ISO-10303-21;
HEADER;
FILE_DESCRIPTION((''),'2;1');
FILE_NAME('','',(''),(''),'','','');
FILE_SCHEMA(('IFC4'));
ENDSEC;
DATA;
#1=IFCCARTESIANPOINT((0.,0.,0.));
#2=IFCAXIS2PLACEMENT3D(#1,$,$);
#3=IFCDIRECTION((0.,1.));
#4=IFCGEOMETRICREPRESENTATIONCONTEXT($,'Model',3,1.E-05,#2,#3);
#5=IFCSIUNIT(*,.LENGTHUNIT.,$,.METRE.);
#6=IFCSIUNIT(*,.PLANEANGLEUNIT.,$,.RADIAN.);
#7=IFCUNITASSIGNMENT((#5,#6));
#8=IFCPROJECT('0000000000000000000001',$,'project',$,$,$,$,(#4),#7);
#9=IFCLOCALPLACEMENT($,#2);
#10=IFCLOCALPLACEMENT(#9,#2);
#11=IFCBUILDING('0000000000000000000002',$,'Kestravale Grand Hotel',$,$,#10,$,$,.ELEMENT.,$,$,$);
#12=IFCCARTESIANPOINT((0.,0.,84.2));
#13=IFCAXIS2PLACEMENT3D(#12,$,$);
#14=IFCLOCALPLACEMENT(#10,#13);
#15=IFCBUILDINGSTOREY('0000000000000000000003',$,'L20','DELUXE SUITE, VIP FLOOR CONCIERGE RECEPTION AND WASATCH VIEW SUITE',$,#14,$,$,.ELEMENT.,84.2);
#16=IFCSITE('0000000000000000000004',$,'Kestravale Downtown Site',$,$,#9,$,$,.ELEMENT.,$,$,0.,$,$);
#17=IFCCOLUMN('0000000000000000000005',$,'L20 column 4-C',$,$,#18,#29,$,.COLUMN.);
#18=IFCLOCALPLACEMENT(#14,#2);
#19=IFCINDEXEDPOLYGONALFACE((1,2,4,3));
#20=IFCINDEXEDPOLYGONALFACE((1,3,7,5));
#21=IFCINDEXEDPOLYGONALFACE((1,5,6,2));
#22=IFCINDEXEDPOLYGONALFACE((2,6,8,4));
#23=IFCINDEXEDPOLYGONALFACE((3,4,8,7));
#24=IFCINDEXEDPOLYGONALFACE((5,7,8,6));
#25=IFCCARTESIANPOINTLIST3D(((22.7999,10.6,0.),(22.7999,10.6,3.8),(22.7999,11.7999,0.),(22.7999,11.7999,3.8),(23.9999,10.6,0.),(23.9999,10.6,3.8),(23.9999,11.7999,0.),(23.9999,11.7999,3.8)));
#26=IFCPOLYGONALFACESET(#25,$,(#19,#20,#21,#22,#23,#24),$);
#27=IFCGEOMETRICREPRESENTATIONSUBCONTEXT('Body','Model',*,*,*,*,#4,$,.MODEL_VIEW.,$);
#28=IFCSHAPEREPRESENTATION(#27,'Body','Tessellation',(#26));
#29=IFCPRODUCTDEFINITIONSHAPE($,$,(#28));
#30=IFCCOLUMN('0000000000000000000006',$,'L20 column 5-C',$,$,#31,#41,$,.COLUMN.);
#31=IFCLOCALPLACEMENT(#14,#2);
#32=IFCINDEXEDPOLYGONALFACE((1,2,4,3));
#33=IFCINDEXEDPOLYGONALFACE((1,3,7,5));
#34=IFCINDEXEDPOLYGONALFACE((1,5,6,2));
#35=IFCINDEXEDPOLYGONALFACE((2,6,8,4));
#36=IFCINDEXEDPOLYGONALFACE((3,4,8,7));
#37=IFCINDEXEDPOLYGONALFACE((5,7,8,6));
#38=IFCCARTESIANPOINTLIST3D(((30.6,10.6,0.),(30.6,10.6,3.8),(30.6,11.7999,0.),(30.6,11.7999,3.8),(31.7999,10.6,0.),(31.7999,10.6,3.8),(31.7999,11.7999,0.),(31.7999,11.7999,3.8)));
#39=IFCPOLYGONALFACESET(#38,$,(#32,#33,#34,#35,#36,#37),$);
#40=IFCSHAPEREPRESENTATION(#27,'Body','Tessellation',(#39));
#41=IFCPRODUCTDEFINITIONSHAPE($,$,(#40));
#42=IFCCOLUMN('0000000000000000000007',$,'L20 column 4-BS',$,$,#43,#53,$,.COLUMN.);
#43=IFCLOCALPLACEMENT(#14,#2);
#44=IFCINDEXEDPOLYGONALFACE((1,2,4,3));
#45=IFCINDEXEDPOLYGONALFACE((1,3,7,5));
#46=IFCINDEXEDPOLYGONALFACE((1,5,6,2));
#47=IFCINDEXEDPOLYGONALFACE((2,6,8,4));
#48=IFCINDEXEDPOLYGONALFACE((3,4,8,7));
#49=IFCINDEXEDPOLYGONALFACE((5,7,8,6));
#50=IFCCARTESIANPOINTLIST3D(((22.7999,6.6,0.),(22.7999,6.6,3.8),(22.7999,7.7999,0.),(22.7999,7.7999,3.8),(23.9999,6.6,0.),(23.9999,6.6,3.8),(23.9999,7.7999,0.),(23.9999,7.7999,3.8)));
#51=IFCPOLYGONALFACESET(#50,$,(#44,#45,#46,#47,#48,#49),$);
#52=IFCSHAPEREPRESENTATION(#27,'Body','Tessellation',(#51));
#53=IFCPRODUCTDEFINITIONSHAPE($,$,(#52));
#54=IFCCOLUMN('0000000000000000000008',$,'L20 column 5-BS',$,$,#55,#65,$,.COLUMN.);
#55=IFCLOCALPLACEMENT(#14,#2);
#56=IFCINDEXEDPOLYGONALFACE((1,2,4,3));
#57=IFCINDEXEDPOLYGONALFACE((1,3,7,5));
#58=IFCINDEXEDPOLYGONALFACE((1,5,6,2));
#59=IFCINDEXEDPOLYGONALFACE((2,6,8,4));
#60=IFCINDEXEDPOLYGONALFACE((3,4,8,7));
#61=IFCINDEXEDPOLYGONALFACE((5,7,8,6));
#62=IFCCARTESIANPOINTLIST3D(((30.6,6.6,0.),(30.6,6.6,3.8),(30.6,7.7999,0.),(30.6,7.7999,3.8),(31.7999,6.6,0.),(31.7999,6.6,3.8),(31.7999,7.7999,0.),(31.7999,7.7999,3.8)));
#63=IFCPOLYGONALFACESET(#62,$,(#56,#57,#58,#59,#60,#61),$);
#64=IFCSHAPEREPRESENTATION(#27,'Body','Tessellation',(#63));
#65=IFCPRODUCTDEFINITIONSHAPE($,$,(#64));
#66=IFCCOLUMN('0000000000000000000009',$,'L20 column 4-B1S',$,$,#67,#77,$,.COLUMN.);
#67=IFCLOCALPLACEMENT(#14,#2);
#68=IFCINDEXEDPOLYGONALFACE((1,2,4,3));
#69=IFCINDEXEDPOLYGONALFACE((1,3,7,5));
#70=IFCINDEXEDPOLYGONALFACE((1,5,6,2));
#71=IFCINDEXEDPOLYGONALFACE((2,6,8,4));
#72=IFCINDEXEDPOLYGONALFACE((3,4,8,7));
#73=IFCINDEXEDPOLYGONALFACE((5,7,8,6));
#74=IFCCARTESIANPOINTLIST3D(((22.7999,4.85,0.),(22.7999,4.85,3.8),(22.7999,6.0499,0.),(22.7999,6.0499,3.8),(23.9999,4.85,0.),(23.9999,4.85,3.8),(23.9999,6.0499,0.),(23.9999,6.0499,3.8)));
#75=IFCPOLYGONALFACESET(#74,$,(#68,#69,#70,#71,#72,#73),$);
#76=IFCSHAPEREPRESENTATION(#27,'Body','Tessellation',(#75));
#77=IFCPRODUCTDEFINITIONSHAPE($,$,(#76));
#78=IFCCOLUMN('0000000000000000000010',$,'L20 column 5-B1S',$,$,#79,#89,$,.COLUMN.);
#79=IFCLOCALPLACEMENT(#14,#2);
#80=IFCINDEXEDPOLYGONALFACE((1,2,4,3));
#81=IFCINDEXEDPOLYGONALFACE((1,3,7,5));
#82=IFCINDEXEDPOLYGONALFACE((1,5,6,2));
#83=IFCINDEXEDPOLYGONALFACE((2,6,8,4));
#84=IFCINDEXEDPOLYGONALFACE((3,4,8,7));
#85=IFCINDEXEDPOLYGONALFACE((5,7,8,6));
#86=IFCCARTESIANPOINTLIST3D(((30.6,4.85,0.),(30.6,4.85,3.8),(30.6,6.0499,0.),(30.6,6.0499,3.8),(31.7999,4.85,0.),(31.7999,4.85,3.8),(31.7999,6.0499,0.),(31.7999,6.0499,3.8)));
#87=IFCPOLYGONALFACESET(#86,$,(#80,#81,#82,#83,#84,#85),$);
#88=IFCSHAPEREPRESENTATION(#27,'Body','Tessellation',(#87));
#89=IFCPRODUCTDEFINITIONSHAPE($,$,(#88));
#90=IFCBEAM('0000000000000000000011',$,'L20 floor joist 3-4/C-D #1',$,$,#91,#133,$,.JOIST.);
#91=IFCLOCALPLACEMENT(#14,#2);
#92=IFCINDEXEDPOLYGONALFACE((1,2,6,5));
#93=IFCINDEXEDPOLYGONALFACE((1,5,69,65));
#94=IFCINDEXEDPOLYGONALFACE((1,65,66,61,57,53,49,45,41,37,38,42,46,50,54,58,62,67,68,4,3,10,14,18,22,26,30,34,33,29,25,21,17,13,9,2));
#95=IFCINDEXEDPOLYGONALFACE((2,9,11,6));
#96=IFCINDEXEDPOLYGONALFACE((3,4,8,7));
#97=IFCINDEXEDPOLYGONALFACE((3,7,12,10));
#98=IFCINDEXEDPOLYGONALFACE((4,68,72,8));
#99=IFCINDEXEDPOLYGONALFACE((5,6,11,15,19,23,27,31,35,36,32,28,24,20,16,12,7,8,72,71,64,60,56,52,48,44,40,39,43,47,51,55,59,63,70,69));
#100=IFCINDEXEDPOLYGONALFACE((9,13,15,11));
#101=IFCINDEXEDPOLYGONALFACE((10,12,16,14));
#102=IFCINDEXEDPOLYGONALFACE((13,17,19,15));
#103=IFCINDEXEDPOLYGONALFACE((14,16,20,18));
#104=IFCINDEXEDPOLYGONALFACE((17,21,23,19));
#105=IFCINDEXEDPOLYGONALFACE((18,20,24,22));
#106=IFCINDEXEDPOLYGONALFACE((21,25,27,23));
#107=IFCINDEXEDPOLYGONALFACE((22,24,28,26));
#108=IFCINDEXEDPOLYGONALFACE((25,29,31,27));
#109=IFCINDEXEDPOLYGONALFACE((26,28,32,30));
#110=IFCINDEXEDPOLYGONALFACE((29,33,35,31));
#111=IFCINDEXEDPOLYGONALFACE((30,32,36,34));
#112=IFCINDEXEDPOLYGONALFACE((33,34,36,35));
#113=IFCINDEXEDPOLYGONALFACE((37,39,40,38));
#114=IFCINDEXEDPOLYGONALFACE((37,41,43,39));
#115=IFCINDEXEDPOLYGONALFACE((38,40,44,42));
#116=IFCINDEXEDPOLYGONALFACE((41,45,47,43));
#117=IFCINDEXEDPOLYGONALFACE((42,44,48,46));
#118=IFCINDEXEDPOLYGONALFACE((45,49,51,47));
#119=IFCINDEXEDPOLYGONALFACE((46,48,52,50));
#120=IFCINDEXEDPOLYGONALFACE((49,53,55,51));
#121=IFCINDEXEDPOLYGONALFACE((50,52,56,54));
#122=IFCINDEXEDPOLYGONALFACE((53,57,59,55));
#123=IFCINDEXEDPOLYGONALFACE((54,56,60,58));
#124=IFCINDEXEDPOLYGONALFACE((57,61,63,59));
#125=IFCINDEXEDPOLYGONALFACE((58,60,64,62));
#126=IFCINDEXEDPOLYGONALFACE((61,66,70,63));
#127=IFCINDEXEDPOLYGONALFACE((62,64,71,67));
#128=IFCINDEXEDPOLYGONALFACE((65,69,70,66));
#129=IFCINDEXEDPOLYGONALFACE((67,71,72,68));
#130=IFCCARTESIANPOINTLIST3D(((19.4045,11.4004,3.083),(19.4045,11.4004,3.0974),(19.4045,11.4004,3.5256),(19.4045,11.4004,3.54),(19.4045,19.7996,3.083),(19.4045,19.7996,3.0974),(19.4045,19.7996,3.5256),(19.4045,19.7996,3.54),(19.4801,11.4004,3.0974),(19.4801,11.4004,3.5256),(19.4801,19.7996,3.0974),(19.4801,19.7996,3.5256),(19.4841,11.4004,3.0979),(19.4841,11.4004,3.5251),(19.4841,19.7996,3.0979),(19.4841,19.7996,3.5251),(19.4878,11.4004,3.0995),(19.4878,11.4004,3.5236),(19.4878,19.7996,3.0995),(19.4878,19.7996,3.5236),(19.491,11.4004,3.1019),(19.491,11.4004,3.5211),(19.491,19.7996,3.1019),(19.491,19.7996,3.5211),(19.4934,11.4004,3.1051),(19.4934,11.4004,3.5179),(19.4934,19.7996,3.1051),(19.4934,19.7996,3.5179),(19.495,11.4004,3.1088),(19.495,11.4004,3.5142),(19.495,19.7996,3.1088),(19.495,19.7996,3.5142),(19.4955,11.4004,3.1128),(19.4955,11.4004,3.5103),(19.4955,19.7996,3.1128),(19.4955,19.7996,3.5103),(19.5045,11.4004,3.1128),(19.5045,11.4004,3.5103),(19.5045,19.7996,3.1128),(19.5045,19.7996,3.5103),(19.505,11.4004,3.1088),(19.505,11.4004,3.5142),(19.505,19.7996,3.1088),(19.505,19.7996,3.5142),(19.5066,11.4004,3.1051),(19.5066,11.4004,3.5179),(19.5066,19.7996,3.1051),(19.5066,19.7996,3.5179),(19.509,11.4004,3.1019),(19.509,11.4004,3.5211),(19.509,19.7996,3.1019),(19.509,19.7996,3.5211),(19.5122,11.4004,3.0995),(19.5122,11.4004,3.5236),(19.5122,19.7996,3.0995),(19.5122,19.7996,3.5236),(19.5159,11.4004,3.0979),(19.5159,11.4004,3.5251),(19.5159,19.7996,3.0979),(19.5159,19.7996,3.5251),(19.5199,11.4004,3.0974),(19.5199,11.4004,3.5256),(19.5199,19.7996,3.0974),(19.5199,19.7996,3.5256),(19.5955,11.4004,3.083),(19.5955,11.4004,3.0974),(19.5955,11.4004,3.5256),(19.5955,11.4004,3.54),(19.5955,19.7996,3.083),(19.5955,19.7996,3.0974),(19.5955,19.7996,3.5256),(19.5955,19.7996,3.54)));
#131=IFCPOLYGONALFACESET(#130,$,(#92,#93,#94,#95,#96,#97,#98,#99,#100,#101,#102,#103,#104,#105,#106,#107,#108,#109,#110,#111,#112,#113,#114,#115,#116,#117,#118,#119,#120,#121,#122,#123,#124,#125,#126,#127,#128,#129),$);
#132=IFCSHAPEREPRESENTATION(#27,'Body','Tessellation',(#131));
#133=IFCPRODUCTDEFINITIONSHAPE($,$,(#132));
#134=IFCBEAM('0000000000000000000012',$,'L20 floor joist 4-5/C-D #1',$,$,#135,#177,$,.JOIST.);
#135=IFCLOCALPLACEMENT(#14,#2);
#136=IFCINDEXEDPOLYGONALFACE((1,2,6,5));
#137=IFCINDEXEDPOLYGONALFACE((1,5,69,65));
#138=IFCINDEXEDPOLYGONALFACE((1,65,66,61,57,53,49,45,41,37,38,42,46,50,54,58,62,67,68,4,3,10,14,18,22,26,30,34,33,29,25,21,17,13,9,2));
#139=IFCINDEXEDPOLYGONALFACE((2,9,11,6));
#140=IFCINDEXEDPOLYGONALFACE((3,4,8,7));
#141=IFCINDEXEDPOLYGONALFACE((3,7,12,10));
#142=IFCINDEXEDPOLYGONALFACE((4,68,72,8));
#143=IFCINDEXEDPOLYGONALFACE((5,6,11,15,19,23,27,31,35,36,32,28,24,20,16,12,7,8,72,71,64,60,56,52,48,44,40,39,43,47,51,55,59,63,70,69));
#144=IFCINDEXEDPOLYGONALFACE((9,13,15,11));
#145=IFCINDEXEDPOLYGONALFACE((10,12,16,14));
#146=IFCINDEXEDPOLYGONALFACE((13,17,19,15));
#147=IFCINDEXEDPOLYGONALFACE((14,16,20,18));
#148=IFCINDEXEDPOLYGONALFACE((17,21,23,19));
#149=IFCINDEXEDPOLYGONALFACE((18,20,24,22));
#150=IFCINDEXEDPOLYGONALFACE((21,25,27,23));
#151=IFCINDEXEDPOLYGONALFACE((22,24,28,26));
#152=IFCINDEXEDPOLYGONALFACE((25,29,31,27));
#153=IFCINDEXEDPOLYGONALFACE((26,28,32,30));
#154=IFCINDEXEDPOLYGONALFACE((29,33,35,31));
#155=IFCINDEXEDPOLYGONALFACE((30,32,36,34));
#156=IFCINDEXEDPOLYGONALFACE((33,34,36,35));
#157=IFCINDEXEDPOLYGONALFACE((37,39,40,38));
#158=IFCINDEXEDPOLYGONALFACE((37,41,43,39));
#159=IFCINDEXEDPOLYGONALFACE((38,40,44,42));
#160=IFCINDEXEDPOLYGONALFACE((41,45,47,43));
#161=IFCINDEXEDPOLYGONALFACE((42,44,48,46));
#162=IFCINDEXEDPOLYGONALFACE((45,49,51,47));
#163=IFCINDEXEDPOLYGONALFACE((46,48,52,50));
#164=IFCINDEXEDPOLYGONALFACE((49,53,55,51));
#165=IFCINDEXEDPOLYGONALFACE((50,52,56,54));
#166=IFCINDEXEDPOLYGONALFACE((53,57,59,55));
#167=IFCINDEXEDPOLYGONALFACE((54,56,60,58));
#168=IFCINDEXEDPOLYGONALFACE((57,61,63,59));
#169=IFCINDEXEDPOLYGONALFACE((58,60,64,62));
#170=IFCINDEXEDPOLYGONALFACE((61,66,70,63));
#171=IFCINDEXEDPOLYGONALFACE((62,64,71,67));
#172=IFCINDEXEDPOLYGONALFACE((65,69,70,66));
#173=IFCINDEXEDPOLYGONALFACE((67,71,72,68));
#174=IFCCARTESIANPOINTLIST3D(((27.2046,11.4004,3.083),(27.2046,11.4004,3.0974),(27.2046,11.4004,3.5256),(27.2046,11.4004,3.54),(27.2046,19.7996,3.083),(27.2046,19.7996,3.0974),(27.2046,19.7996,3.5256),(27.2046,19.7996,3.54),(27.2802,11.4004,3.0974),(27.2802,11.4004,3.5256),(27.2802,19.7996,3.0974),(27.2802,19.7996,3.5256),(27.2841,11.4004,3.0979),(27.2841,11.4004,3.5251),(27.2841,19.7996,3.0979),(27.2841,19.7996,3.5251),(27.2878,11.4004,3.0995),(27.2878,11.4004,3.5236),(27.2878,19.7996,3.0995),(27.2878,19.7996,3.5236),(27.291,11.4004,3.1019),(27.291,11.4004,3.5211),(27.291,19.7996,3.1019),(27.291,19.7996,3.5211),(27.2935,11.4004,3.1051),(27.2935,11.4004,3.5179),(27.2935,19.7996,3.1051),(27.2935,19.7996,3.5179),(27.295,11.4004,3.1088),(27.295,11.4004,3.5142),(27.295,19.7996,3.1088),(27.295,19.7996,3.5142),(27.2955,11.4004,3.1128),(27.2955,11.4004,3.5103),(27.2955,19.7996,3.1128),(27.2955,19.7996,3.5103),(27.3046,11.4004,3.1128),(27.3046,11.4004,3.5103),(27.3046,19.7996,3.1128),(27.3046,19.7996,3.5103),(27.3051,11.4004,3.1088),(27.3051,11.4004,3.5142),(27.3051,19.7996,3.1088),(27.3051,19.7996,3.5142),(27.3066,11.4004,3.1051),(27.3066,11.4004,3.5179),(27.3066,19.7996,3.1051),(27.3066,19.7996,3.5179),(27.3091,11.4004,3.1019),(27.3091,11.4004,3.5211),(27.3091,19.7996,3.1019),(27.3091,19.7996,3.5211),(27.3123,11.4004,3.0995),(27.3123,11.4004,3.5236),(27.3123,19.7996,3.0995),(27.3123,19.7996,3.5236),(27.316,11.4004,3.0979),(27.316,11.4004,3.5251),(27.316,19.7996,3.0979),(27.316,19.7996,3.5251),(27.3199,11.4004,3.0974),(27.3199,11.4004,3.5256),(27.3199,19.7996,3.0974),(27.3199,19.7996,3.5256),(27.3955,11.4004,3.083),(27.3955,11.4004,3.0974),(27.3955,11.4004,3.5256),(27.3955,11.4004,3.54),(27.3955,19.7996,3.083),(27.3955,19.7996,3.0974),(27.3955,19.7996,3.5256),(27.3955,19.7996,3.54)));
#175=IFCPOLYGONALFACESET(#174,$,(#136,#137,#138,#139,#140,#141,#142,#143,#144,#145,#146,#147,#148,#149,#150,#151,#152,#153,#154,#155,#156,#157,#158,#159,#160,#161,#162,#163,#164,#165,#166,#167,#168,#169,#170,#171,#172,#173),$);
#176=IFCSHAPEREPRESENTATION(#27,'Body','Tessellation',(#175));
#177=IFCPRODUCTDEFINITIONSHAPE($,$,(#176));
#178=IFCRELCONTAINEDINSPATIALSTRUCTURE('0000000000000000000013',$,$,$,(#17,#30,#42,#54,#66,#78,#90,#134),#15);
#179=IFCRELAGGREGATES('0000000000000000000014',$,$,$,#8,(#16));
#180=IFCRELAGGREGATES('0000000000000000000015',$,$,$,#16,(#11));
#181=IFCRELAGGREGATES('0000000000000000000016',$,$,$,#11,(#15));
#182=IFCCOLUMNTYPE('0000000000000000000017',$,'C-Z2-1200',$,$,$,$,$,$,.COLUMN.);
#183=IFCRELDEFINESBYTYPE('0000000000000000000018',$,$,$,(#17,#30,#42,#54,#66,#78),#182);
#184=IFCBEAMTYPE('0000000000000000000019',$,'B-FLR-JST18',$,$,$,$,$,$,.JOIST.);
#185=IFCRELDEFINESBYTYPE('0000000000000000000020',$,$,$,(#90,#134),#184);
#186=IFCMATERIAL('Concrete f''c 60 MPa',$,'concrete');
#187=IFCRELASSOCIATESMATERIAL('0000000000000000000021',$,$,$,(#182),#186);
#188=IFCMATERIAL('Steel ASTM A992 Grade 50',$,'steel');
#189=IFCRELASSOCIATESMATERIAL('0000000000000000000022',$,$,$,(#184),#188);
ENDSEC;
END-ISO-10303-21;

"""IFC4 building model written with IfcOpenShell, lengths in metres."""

from ifc_helpers import new_model, si_unit, direction, frame, origin, origin_2d, place, context, subcontext, project, spatial, rectangle, i_section, extrude, material, material_profile, profile_set, type_object, element, save


model = new_model("IFC4")

# Units and contexts
model_context = context("Model", 3, precision=1e-05, world=origin(), true_north=direction((0.0, 1.0)))
body_context = subcontext(model_context, "Body", "Model", "MODEL_VIEW")
ifc_project = project(units=[si_unit("LENGTHUNIT", "METRE"), si_unit("PLANEANGLEUNIT", "RADIAN")], contexts=[model_context])

# Site, building, storey
site_placement = place(None, origin())
site = spatial("IfcSite", under=ifc_project, at=site_placement, Name="Kestravale Downtown Site", CompositionType="ELEMENT", RefElevation=0.0)
building_placement = place(site_placement, origin())
building = spatial("IfcBuilding", under=site, at=building_placement, Name="Kestravale Grand Hotel", CompositionType="ELEMENT")
storey_placement = place(building_placement, frame((0.0, 0.0, 84.2)))
storey = spatial("IfcBuildingStorey", under=building, at=storey_placement, Name="L20", Description="DELUXE SUITE, VIP FLOOR CONCIERGE RECEPTION AND WASATCH VIEW SUITE", CompositionType="ELEMENT", Elevation=84.2)

# Columns
ifc_material_1 = material(Name="Concrete f'c 60 MPa", Category="concrete")
ifc_material_profile_1 = material_profile(ifc_material_1, rectangle(XDim=1.2, YDim=1.2, at=origin_2d()))
ifc_profile_set_1 = profile_set([ifc_material_profile_1], Name="Concrete f'c 60 MPa")
column_type = type_object("IfcColumnType", Name="C-Z2-1200", PredefinedType="COLUMN", material=ifc_profile_set_1)
for number, where, z_axis, x_axis, name in (
    (1, (23.3999, 11.2, 0.0), (0.0, 0.0, 1.0), (1.0, 0.0, 0.0), "L20 column 4-C"),
    (2, (31.2, 11.2, 0.0), (0.0, 0.0, 1.0), (1.0, 0.0, 0.0), "L20 column 5-C"),
    (3, (23.3999, 7.2, 0.0), (0.0, 0.0, 1.0), (1.0, 0.0, 0.0), "L20 column 4-BS"),
    (4, (31.2, 7.2, 0.0), (0.0, 0.0, 1.0), (1.0, 0.0, 0.0), "L20 column 5-BS"),
    (5, (23.3999, 5.45, 0.0), (0.0, 0.0, 1.0), (1.0, 0.0, 0.0), "L20 column 4-B1S"),
    (6, (31.2, 5.45, 0.0), (0.0, 0.0, 1.0), (1.0, 0.0, 0.0), "L20 column 5-B1S"),
):
    element("IfcColumn", number, at=place(storey_placement, frame(where, z_axis=z_axis, x_axis=x_axis)), inside=storey, type_object=column_type, Name=name, PredefinedType="COLUMN", context=body_context, shape_type="SweptSolid", body=[
        extrude(rectangle(XDim=1.2, YDim=1.2, at=origin_2d()), origin(), (0.0, 0.0, 1.0), 3.8),
    ])

# Beams
ifc_material_2 = material(Name="Steel ASTM A992 Grade 50", Category="steel")
ifc_material_profile_2 = material_profile(ifc_material_2, i_section(OverallWidth=0.1909, OverallDepth=0.457, WebThickness=0.009, FlangeThickness=0.0144, FilletRadius=0.0154, at=origin_2d()))
ifc_profile_set_2 = profile_set([ifc_material_profile_2], Name="Steel ASTM A992 Grade 50")
beam_type_1 = type_object("IfcBeamType", Name="B-FLR-JST18", PredefinedType="JOIST", material=ifc_profile_set_2)
for number, where, z_axis, x_axis, name in (
    (7, (19.5, 11.4004, 3.3115), (0.0, 1.0, 0.0), (-1.0, 0.0, 0.0), "L20 floor joist 3-4/C-D #1"),
    (8, (27.3, 11.4004, 3.3115), (0.0, 1.0, 0.0), (-1.0, 0.0, 0.0), "L20 floor joist 4-5/C-D #1"),
):
    element("IfcBeam", number, at=place(storey_placement, frame(where, z_axis=z_axis, x_axis=x_axis)), inside=storey, type_object=beam_type_1, Name=name, PredefinedType="JOIST", context=body_context, shape_type="SweptSolid", body=[
        extrude(i_section(OverallWidth=0.1909, OverallDepth=0.457, WebThickness=0.009, FlangeThickness=0.0144, FilletRadius=0.0154, at=origin_2d()), origin(), (0.0, 0.0, 1.0), 8.3992),
    ])

save(model, "model.ifc")
